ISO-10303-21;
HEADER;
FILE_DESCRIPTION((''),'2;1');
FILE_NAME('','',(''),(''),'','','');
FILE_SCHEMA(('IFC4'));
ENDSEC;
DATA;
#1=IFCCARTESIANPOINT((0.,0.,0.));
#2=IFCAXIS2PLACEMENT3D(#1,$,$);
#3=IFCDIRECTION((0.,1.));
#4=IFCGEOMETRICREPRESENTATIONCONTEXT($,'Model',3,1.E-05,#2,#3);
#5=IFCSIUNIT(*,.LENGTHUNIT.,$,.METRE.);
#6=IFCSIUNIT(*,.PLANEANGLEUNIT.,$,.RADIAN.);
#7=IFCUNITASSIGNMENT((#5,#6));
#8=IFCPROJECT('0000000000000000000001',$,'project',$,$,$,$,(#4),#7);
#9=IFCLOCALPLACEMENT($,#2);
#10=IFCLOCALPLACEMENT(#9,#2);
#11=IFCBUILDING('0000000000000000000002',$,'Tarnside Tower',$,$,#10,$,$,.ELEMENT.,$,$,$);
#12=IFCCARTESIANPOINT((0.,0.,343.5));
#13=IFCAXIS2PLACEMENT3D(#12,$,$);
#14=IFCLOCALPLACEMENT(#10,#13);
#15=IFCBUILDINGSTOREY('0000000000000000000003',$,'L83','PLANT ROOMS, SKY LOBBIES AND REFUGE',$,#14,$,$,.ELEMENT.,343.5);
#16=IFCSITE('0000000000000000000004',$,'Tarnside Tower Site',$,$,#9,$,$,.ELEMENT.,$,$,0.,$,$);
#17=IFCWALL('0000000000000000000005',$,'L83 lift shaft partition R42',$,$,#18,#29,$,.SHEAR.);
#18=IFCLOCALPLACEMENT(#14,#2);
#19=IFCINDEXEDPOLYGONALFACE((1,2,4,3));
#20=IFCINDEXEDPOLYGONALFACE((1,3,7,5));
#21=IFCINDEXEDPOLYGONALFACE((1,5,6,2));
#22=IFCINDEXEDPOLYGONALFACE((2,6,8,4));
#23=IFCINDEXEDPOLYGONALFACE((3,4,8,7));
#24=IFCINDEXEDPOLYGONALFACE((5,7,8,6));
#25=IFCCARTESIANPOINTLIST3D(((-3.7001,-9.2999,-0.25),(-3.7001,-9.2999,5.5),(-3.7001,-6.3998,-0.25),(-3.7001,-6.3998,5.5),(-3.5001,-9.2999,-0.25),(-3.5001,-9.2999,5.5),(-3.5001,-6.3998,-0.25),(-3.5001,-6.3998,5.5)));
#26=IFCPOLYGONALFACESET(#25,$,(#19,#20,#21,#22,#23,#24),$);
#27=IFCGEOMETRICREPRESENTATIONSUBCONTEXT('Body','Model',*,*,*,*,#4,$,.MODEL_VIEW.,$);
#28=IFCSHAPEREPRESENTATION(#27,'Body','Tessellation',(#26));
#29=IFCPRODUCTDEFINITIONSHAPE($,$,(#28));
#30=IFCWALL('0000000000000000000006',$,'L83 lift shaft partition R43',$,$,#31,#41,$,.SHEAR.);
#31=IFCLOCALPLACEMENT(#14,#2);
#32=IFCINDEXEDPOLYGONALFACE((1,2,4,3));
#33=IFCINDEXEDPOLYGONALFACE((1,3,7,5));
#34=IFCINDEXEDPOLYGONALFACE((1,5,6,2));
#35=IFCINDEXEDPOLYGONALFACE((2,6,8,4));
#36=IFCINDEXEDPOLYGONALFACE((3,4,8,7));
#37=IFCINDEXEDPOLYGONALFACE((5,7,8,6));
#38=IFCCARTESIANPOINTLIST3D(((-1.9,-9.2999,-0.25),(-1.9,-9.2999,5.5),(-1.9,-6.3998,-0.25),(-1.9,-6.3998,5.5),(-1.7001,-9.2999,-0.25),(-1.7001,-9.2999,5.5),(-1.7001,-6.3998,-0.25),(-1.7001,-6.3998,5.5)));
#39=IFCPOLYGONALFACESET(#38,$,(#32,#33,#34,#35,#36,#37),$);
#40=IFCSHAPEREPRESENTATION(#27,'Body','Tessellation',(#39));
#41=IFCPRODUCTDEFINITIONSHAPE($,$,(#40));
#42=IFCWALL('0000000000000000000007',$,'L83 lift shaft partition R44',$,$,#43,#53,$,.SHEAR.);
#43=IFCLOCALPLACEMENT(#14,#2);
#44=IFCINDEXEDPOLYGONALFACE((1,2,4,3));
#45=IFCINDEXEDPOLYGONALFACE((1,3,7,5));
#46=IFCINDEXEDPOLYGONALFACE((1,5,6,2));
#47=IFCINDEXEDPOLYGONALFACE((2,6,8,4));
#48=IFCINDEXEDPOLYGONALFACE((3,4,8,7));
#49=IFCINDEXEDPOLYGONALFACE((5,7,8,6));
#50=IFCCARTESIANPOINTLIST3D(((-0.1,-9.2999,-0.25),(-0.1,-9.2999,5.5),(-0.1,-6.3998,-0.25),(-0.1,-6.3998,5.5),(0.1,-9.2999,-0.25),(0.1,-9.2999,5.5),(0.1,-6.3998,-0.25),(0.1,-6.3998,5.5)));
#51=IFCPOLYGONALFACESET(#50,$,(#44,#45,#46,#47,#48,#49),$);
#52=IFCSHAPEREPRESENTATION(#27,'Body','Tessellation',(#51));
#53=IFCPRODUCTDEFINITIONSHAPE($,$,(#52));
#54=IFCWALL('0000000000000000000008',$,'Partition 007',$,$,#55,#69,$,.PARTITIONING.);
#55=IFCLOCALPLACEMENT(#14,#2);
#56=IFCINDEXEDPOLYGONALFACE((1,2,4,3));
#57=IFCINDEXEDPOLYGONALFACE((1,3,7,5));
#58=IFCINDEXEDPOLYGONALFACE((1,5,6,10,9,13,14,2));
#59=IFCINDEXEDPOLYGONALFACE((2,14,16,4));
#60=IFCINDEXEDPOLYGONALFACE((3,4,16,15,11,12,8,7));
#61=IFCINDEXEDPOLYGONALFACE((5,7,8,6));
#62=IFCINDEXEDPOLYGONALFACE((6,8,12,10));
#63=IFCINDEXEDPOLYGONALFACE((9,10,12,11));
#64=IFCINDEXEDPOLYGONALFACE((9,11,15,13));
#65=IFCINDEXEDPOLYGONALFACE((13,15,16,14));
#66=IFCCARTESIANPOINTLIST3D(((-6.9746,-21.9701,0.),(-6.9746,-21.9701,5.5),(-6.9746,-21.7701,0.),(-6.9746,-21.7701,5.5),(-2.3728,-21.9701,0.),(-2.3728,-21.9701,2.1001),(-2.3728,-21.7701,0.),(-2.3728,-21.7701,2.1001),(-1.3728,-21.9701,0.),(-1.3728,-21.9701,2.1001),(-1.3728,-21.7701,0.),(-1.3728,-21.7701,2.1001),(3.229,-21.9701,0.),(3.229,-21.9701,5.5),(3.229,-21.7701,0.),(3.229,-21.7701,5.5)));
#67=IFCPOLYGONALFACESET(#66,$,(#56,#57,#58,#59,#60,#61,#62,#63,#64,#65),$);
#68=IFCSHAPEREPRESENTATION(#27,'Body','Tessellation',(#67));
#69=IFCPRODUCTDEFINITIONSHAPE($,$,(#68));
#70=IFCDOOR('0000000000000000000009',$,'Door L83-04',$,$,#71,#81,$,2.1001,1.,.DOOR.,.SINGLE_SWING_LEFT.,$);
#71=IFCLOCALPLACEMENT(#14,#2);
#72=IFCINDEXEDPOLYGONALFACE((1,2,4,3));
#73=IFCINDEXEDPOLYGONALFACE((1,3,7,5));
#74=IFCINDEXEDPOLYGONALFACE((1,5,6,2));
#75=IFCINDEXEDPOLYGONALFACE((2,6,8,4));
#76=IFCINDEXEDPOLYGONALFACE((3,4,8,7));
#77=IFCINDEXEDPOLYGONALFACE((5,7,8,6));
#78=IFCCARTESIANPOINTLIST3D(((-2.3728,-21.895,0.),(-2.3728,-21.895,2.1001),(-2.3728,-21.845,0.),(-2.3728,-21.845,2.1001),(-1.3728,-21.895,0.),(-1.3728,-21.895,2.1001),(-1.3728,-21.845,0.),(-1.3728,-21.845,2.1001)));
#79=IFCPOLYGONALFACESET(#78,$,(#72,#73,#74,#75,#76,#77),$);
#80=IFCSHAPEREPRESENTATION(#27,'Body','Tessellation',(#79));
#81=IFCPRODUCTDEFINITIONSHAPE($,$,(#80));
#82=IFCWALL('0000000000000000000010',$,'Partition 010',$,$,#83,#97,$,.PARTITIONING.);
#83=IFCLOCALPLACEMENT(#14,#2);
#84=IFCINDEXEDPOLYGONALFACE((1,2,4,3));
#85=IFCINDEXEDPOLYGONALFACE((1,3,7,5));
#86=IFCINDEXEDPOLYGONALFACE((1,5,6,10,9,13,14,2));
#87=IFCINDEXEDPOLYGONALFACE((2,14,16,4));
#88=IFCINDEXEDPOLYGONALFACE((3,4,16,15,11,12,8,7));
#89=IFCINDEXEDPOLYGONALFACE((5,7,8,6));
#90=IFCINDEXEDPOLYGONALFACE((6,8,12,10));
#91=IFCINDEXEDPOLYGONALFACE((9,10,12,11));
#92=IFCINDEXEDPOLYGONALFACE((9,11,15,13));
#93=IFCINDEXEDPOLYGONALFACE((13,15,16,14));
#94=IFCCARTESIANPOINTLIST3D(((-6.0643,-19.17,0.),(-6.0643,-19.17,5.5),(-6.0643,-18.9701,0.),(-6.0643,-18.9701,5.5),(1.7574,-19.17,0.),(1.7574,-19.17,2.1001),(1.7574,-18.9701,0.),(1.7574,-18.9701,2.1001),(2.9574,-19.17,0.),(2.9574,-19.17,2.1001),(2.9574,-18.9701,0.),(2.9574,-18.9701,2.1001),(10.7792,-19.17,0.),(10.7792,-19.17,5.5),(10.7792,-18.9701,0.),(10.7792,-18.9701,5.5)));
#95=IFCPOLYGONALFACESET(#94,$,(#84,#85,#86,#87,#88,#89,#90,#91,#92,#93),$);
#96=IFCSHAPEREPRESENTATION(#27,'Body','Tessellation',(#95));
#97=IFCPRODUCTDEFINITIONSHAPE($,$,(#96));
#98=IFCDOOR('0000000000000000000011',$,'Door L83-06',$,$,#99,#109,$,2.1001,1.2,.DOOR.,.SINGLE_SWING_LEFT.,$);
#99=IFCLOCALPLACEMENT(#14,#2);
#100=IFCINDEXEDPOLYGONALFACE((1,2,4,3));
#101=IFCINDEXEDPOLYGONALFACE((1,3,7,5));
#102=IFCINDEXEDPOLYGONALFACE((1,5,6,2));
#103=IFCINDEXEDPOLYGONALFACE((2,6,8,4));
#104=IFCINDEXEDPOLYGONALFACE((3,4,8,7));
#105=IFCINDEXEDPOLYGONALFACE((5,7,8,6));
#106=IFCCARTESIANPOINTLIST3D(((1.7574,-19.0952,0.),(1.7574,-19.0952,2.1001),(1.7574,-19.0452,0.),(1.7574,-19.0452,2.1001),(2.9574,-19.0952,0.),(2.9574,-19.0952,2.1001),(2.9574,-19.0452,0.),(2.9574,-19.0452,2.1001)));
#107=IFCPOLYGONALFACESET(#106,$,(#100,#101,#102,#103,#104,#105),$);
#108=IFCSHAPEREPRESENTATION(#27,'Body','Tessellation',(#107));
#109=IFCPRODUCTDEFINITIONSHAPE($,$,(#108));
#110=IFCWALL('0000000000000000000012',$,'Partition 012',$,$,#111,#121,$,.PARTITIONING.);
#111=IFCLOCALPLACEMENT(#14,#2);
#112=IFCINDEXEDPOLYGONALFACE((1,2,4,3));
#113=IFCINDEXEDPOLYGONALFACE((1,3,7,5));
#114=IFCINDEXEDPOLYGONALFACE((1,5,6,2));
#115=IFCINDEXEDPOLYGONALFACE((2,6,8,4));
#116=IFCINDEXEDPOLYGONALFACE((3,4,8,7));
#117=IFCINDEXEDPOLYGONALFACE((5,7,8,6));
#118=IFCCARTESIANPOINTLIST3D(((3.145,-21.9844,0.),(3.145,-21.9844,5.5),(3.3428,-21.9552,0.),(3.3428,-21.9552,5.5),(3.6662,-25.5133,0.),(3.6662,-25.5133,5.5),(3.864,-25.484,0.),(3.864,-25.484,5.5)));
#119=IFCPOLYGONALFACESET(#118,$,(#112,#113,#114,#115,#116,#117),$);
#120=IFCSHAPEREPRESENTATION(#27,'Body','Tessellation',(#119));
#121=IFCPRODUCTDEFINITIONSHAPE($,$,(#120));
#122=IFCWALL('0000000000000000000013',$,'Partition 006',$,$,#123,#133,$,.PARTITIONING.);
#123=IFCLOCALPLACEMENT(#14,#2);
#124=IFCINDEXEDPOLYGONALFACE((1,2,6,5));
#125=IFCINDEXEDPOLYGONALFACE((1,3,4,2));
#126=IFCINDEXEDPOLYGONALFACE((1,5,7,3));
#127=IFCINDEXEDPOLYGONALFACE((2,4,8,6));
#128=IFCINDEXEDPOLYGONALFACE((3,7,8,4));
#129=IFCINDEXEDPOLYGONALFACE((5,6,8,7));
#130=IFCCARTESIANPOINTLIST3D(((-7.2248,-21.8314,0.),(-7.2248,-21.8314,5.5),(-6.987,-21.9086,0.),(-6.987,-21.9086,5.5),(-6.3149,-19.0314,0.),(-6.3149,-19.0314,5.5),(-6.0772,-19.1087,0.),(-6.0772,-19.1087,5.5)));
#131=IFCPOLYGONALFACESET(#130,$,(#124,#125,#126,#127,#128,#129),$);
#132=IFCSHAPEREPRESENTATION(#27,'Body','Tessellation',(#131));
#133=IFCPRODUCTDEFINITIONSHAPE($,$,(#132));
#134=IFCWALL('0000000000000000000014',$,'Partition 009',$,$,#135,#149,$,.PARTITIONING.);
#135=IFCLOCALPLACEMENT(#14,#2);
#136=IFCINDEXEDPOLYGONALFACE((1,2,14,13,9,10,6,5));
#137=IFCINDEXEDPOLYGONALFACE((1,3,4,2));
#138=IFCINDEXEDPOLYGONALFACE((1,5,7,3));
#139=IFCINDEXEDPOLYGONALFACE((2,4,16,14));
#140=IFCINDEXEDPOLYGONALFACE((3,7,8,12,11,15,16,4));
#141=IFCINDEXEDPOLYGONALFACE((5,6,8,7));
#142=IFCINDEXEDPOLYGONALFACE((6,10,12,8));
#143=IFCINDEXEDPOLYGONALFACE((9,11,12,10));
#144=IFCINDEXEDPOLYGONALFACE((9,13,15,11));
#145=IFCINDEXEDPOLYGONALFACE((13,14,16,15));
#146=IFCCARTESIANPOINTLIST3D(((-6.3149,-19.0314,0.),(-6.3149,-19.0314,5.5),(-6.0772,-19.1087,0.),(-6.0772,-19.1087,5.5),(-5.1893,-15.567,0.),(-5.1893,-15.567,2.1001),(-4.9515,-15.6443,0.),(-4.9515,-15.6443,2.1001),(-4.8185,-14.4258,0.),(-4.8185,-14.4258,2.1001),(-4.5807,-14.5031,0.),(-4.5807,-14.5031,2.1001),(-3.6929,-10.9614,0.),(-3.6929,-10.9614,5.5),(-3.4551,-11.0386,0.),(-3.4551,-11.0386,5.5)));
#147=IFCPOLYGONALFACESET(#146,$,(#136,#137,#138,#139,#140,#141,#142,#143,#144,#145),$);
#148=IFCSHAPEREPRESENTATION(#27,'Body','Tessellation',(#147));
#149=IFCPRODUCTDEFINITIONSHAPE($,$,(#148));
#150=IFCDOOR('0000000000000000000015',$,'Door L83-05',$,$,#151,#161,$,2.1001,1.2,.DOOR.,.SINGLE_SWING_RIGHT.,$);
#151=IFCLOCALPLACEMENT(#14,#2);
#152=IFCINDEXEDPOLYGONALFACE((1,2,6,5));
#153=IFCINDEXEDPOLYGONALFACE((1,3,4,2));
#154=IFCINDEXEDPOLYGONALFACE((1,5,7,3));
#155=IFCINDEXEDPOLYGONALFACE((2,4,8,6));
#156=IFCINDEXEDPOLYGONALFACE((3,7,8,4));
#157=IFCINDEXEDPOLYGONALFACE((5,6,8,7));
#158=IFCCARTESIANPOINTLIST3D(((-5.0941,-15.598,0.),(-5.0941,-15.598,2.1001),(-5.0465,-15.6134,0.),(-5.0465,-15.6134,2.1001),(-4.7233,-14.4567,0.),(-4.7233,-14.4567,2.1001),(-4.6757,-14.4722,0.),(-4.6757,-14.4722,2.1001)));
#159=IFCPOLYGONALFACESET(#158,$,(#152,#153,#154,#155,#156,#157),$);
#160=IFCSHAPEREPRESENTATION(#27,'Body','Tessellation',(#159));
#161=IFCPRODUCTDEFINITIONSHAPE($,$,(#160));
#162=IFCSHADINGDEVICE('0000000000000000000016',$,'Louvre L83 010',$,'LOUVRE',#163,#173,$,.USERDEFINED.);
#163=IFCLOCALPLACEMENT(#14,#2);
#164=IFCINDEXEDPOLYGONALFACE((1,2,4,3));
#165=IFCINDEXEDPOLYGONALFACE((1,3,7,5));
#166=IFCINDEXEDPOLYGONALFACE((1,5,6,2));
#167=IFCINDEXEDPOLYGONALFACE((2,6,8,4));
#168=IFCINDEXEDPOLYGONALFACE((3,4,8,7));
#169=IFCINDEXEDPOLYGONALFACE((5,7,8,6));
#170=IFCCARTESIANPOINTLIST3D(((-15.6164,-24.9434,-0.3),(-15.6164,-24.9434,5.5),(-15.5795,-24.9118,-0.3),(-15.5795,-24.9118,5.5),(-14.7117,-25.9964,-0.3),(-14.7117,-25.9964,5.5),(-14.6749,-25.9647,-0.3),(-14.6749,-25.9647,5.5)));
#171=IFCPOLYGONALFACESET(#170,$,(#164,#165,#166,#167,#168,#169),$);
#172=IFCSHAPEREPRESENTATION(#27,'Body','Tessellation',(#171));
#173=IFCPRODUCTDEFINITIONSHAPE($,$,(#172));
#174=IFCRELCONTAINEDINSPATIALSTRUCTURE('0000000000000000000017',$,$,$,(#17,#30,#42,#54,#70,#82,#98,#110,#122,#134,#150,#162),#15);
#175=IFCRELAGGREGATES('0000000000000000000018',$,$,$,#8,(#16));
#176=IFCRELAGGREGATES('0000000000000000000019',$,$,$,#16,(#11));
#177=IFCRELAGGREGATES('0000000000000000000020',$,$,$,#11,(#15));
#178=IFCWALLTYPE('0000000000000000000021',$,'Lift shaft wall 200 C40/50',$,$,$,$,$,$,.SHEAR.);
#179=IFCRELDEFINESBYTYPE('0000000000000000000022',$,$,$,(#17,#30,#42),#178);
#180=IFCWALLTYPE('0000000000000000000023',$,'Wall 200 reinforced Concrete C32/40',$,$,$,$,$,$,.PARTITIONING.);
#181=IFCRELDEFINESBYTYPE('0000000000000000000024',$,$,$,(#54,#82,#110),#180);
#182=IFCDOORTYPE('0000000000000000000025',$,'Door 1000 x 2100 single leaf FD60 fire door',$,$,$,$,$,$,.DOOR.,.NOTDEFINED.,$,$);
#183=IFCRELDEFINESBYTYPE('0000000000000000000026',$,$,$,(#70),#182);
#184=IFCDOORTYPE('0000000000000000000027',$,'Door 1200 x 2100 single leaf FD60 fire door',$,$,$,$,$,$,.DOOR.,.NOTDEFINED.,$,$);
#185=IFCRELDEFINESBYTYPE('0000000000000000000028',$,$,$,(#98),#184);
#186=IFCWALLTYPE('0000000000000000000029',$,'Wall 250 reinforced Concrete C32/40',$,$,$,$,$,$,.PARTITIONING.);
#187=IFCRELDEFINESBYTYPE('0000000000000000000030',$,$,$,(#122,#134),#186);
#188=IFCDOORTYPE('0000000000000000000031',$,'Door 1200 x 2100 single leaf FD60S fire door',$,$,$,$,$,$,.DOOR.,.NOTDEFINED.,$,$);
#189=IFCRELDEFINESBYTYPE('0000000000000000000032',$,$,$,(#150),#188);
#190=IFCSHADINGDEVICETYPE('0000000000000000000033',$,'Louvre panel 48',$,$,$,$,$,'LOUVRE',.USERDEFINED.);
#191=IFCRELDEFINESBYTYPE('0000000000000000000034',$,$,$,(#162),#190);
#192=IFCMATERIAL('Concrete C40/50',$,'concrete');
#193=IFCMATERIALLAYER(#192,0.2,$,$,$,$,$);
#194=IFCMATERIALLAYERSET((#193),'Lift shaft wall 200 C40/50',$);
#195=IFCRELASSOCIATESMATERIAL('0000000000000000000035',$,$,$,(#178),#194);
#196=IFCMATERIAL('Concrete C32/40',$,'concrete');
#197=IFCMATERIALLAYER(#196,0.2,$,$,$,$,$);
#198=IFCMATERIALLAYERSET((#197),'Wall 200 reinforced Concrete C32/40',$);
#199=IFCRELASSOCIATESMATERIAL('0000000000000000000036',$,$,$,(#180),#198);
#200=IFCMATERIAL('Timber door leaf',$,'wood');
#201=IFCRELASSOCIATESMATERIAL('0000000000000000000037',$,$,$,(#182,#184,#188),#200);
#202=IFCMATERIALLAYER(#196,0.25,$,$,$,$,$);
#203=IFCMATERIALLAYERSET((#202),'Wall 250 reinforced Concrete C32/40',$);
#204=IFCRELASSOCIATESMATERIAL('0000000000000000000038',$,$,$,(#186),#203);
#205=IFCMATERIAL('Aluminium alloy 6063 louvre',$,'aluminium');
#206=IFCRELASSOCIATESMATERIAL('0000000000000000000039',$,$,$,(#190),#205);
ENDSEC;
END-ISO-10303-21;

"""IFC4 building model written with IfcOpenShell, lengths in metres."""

from ifc_helpers import new_model, si_unit, direction, frame, frame_2d, origin, place, context, subcontext, project, spatial, polyline, rectangle, outline, extrude, material, layer, layer_set, type_object, element, fill, save


model = new_model("IFC4")

# Units and contexts
model_context = context("Model", 3, precision=1e-05, world=origin(), true_north=direction((0.0, 1.0)))
body_context = subcontext(model_context, "Body", "Model", "MODEL_VIEW")
ifc_project = project(units=[si_unit("LENGTHUNIT", "METRE"), si_unit("PLANEANGLEUNIT", "RADIAN")], contexts=[model_context])

# Site, building, storey
site_placement = place(None, origin())
site = spatial("IfcSite", under=ifc_project, at=site_placement, Name="Tarnside Tower Site", CompositionType="ELEMENT", RefElevation=0.0)
building_placement = place(site_placement, origin())
building = spatial("IfcBuilding", under=site, at=building_placement, Name="Tarnside Tower", CompositionType="ELEMENT")
storey_placement = place(building_placement, frame((0.0, 0.0, 343.5)))
storey = spatial("IfcBuildingStorey", under=building, at=storey_placement, Name="L83", Description="PLANT ROOMS, SKY LOBBIES AND REFUGE", CompositionType="ELEMENT", Elevation=343.5)

# Walls
ifc_material_1 = material(Name="Concrete C40/50", Category="concrete")
ifc_layer_1 = layer(ifc_material_1, 0.2)
ifc_layer_set_1 = layer_set([ifc_layer_1], Name="Lift shaft wall 200 C40/50")
wall_type_1 = type_object("IfcWallType", Name="Lift shaft wall 200 C40/50", PredefinedType="SHEAR", material=ifc_layer_set_1)
for number, where, z_axis, x_axis, name in (
    (1, (-3.6001, -9.3, -0.25), (0.0, 0.0, 1.0), (0.0, 1.0, 0.0), "L83 lift shaft partition R42"),
    (2, (-1.8, -9.3, -0.25), (0.0, 0.0, 1.0), (0.0, 1.0, 0.0), "L83 lift shaft partition R43"),
    (3, (0.0, -9.3, -0.25), (0.0, 0.0, 1.0), (0.0, 1.0, 0.0), "L83 lift shaft partition R44"),
):
    element("IfcWall", number, at=place(storey_placement, frame(where, z_axis=z_axis, x_axis=x_axis)), inside=storey, type_object=wall_type_1, Name=name, PredefinedType="SHEAR", context=body_context, shape_type="SweptSolid", body=[
        extrude(rectangle(XDim=2.9001, YDim=0.2, at=frame_2d((1.4502, 0.0))), origin(), (0.0, 0.0, 1.0), 5.75),
    ])

# Walls, openings, doors
ifc_material_2 = material(Name="Concrete C32/40", Category="concrete")
ifc_layer_2 = layer(ifc_material_2, 0.2)
ifc_layer_set_2 = layer_set([ifc_layer_2], Name="Wall 200 reinforced Concrete C32/40")
wall_type_2 = type_object("IfcWallType", Name="Wall 200 reinforced Concrete C32/40", PredefinedType="PARTITIONING", material=ifc_layer_set_2)
wall_1_placement = place(storey_placement, frame((3.229, -21.8701, 0.0), z_axis=(0.0, 0.0, 1.0), x_axis=(-1.0, 0.0, 0.0)))
wall_1 = element("IfcWall", 4, at=wall_1_placement, inside=storey, type_object=wall_type_2, Name="Partition 007", PredefinedType="PARTITIONING", context=body_context, shape_type="SweptSolid", body=[
    extrude(rectangle(XDim=10.2036, YDim=0.2, at=frame_2d((5.1018, 0.0))), origin(), (0.0, 0.0, 1.0), 5.5),
])
opening_1_placement = place(wall_1_placement, frame((4.6018, 0.0, 0.0)))
opening_1 = element("IfcOpeningElement", 5, at=opening_1_placement, cuts=wall_1, PredefinedType="OPENING", context=body_context, shape_type="SweptSolid", body=[
    extrude(rectangle(XDim=1.0, YDim=2.1001, at=frame_2d((0.5, 1.05))), frame((0.0, 0.1099, 0.0), z_axis=(0.0, -1.0, 0.0), x_axis=(1.0, 0.0, 0.0)), (0.0, 0.0, 1.0), 0.22),
])
ifc_material_3 = material(Name="Timber door leaf", Category="wood")
door_type_1 = type_object("IfcDoorType", Name="Door 1000 x 2100 single leaf FD60 fire door", OperationType="NOTDEFINED", PredefinedType="DOOR", material=ifc_material_3)
door_1_placement = place(opening_1_placement, origin())
door_1 = element("IfcDoor", 6, at=door_1_placement, inside=storey, type_object=door_type_1, Name="Door L83-04", OperationType="SINGLE_SWING_LEFT", OverallHeight=2.1001, OverallWidth=1.0, PredefinedType="DOOR", context=body_context, shape_type="SweptSolid", body=[
    extrude(rectangle(XDim=1.0, YDim=2.1001, at=frame_2d((0.5, 1.05))), frame((0.0, 0.0249, 0.0), z_axis=(0.0, -1.0, 0.0), x_axis=(1.0, 0.0, 0.0)), (0.0, 0.0, 1.0), 0.05),
])
fill(opening_1, door_1)
wall_2_placement = place(storey_placement, frame((-6.0645, -19.0701, 0.0), z_axis=(0.0, 0.0, 1.0), x_axis=(1.0, 0.0, 0.0)))
wall_2 = element("IfcWall", 7, at=wall_2_placement, inside=storey, type_object=wall_type_2, Name="Partition 010", PredefinedType="PARTITIONING", context=body_context, shape_type="SweptSolid", body=[
    extrude(rectangle(XDim=16.8435, YDim=0.2, at=frame_2d((8.4219, 0.0))), origin(), (0.0, 0.0, 1.0), 5.5),
])
opening_2_placement = place(wall_2_placement, frame((7.8218, 0.0, 0.0)))
opening_2 = element("IfcOpeningElement", 8, at=opening_2_placement, cuts=wall_2, PredefinedType="OPENING", context=body_context, shape_type="SweptSolid", body=[
    extrude(rectangle(XDim=1.2, YDim=2.1001, at=frame_2d((0.6001, 1.05))), frame((0.0, 0.1099, 0.0), z_axis=(0.0, -1.0, 0.0), x_axis=(1.0, 0.0, 0.0)), (0.0, 0.0, 1.0), 0.22),
])
door_type_2 = type_object("IfcDoorType", Name="Door 1200 x 2100 single leaf FD60 fire door", OperationType="NOTDEFINED", PredefinedType="DOOR", material=ifc_material_3)
door_2_placement = place(opening_2_placement, origin())
door_2 = element("IfcDoor", 9, at=door_2_placement, inside=storey, type_object=door_type_2, Name="Door L83-06", OperationType="SINGLE_SWING_LEFT", OverallHeight=2.1001, OverallWidth=1.2, PredefinedType="DOOR", context=body_context, shape_type="SweptSolid", body=[
    extrude(rectangle(XDim=1.2, YDim=2.1001, at=frame_2d((0.6001, 1.05))), frame((0.0, 0.0249, 0.0), z_axis=(0.0, -1.0, 0.0), x_axis=(1.0, 0.0, 0.0)), (0.0, 0.0, 1.0), 0.05),
])
fill(opening_2, door_2)

# Walls
wall_3_placement = place(storey_placement, frame((3.7651, -25.4988, 0.0), z_axis=(0.0, 0.0, 1.0), x_axis=(-0.146124, 0.989266, 0.0)))
element("IfcWall", 10, at=wall_3_placement, inside=storey, type_object=wall_type_2, Name="Partition 012", PredefinedType="PARTITIONING", context=body_context, shape_type="SweptSolid", body=[
    extrude(rectangle(XDim=3.5671, YDim=0.2, at=frame_2d((1.7837, 0.0))), origin(), (0.0, 0.0, 1.0), 5.5),
])
ifc_layer_3 = layer(ifc_material_2, 0.25)
ifc_layer_set_3 = layer_set([ifc_layer_3], Name="Wall 250 reinforced Concrete C32/40")
wall_type_3 = type_object("IfcWallType", Name="Wall 250 reinforced Concrete C32/40", PredefinedType="PARTITIONING", material=ifc_layer_set_3)
wall_4_placement = place(storey_placement, frame((-7.106, -21.8701, 0.0), z_axis=(0.0, 0.0, 1.0), x_axis=(0.309054, 0.951044, 0.0)))
element("IfcWall", 11, at=wall_4_placement, inside=storey, type_object=wall_type_3, Name="Partition 006", PredefinedType="PARTITIONING", context=body_context, shape_type="SweptSolid", body=[
    extrude(rectangle(XDim=2.9441, YDim=0.25, at=frame_2d((1.4722, 0.0))), origin(), (0.0, 0.0, 1.0), 5.5),
])

# Wall, opening, door
wall_5_placement = place(storey_placement, frame((-6.196, -19.0701, 0.0), z_axis=(0.0, 0.0, 1.0), x_axis=(0.309011, 0.951058, 0.0)))
wall_5 = element("IfcWall", 12, at=wall_5_placement, inside=storey, type_object=wall_type_3, Name="Partition 009", PredefinedType="PARTITIONING", context=body_context, shape_type="SweptSolid", body=[
    extrude(rectangle(XDim=8.4854, YDim=0.25, at=frame_2d((4.2427, 0.0))), origin(), (0.0, 0.0, 1.0), 5.5),
])
opening_3_placement = place(wall_5_placement, frame((3.6426, 0.0, 0.0)))
opening_3 = element("IfcOpeningElement", 13, at=opening_3_placement, cuts=wall_5, PredefinedType="OPENING", context=body_context, shape_type="SweptSolid", body=[
    extrude(rectangle(XDim=1.2, YDim=2.1001, at=frame_2d((0.6001, 1.05))), frame((0.0, 0.135, 0.0), z_axis=(0.0, -1.0, 0.0), x_axis=(1.0, 0.0, 0.0)), (0.0, 0.0, 1.0), 0.27),
])
door_type_3 = type_object("IfcDoorType", Name="Door 1200 x 2100 single leaf FD60S fire door", OperationType="NOTDEFINED", PredefinedType="DOOR", material=ifc_material_3)
door_3_placement = place(opening_3_placement, origin())
door_3 = element("IfcDoor", 14, at=door_3_placement, inside=storey, type_object=door_type_3, Name="Door L83-05", OperationType="SINGLE_SWING_RIGHT", OverallHeight=2.1001, OverallWidth=1.2, PredefinedType="DOOR", context=body_context, shape_type="SweptSolid", body=[
    extrude(rectangle(XDim=1.2, YDim=2.1001, at=frame_2d((0.6001, 1.05))), frame((0.0, 0.0249, 0.0), z_axis=(0.0, -1.0, 0.0), x_axis=(1.0, 0.0, 0.0)), (0.0, 0.0, 1.0), 0.05),
])
fill(opening_3, door_3)

# Shading device
ifc_material_4 = material(Name="Aluminium alloy 6063 louvre", Category="aluminium")
shading_device_type_1 = type_object("IfcShadingDeviceType", Name="Louvre panel 48", ElementType="LOUVRE", PredefinedType="USERDEFINED", material=ifc_material_4)
shading_device_1_placement = place(storey_placement, frame((-15.1272, -25.4382, -0.3), z_axis=(-0.651669, 0.758503, 0.0), x_axis=(-0.758503, -0.651669, 0.0)))
element("IfcShadingDevice", 15, at=shading_device_1_placement, inside=storey, type_object=shading_device_type_1, Name="Louvre L83 010", ObjectType="LOUVRE", PredefinedType="USERDEFINED", context=body_context, shape_type="SweptSolid", body=[
    extrude(outline(polyline([(0.0, 0.0), (0.0486, 0.0), (0.0486, 5.8), (0.0, 5.8), (0.0, 0.0)])), frame((0.0, 0.0, -0.6941)), (0.0, 0.0, 1.0), 1.3882),
])

save(model, "model.ifc")
